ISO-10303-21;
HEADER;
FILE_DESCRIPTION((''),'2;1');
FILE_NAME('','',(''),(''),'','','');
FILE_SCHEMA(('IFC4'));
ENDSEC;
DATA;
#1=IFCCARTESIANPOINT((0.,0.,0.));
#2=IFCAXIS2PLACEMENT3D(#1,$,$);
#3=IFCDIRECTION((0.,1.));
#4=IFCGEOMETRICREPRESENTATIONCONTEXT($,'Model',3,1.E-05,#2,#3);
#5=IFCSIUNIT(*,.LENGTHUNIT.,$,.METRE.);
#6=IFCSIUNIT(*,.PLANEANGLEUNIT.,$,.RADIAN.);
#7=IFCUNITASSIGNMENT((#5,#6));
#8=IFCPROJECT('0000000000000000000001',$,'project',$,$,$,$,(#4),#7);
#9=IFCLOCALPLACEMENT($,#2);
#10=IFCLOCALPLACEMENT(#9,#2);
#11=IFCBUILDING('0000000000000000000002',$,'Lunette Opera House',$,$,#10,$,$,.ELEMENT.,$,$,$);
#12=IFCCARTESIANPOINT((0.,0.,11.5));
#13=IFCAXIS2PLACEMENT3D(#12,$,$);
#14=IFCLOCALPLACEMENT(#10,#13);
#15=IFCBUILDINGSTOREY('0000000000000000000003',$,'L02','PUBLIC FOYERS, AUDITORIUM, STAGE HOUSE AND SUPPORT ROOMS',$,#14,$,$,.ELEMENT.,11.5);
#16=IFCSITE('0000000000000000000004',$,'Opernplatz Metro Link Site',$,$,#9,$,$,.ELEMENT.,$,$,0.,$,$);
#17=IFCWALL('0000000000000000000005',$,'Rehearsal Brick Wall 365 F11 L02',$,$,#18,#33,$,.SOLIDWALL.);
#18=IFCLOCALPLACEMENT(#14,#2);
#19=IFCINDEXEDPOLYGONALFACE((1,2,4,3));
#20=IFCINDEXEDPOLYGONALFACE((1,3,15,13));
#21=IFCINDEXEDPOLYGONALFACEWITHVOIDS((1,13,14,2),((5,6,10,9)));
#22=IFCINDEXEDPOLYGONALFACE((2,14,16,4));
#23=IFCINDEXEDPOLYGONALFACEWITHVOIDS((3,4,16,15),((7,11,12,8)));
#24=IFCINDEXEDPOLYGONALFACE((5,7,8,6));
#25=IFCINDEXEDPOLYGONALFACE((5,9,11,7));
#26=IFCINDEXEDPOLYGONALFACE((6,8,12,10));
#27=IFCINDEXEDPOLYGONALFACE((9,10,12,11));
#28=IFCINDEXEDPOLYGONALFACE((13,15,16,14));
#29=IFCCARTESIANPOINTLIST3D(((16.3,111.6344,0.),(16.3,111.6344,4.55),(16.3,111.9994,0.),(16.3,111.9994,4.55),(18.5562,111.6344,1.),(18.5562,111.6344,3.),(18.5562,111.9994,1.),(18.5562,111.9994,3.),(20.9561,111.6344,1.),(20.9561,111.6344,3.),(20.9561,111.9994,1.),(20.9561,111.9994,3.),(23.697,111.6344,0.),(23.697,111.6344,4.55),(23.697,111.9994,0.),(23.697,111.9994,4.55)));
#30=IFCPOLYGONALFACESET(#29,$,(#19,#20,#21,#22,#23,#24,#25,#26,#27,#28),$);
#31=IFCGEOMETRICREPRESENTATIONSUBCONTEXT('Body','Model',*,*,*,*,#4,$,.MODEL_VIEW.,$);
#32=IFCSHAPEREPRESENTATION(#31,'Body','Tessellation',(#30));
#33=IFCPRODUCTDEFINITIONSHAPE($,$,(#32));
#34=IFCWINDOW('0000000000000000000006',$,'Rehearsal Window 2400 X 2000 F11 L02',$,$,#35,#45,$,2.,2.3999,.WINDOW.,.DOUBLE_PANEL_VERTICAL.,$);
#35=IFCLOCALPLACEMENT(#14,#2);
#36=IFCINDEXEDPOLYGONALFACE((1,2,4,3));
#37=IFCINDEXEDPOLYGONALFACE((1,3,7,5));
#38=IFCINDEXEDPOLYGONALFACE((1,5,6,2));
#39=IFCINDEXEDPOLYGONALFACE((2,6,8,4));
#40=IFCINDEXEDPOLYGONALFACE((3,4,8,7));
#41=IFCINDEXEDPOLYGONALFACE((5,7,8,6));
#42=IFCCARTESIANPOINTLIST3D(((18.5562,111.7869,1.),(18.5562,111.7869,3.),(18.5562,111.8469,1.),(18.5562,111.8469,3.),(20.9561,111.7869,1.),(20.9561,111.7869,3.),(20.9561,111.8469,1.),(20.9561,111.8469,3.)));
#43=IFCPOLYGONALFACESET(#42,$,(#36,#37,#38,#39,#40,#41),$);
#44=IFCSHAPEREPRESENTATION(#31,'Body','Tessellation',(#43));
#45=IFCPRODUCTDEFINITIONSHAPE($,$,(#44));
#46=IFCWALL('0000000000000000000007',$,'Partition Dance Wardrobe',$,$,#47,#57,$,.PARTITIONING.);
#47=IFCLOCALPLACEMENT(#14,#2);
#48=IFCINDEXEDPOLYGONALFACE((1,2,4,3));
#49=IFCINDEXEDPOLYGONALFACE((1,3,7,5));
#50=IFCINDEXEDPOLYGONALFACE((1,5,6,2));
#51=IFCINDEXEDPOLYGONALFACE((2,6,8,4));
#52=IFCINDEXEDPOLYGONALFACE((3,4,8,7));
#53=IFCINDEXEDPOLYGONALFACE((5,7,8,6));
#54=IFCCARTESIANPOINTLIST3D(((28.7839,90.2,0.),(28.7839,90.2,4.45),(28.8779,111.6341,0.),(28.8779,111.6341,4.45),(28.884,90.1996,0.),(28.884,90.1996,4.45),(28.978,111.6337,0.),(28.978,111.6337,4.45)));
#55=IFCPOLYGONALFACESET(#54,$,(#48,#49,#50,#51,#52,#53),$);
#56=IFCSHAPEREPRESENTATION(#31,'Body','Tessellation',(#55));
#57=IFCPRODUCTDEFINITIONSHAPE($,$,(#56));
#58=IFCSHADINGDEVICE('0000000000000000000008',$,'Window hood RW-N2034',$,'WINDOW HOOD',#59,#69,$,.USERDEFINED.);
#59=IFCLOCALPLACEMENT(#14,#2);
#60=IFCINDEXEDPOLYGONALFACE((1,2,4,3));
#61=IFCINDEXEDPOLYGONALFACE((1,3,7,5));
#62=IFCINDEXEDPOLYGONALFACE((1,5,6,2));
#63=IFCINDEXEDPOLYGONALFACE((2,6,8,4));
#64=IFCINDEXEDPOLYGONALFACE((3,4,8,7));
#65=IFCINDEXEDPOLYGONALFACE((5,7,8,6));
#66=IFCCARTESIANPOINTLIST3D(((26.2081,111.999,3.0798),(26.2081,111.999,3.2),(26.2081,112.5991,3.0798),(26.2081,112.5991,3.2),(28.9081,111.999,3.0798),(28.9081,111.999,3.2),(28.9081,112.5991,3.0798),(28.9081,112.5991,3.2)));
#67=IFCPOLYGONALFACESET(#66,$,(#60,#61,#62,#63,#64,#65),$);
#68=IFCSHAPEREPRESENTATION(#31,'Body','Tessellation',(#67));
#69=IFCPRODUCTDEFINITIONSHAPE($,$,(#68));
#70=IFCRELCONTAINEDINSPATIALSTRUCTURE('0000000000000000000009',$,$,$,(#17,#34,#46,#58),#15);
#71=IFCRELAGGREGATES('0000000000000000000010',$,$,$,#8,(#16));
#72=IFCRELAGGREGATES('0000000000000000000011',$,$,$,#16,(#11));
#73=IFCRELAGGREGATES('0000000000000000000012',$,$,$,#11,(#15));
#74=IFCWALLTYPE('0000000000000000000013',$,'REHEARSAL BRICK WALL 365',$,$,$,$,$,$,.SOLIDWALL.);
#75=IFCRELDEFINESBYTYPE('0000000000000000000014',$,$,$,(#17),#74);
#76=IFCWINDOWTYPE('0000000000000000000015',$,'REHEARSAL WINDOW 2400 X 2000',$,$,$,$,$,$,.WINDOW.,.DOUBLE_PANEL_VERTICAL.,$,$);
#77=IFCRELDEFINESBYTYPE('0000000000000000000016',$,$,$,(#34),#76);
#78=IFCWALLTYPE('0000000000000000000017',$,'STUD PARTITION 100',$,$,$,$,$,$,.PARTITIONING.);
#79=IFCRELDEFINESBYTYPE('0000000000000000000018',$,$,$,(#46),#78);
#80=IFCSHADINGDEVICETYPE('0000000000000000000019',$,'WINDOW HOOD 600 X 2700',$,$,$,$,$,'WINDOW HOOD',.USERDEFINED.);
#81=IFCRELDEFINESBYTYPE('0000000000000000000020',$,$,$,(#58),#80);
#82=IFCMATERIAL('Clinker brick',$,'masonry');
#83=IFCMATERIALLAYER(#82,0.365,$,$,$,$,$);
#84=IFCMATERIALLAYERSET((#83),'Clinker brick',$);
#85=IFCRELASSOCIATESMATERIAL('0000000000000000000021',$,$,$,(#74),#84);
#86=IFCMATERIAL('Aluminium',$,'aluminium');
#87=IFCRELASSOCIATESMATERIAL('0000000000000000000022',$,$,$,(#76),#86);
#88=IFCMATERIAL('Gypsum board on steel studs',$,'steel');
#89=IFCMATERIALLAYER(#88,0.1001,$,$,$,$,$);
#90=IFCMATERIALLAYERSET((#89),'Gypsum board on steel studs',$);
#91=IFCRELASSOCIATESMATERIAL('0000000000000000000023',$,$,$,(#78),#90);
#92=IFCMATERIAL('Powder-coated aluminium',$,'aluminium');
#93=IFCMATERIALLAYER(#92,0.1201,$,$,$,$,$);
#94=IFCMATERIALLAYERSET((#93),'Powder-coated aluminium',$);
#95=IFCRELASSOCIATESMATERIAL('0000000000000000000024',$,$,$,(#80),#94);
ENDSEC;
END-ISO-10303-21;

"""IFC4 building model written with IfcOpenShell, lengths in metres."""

from ifc_helpers import new_model, si_unit, direction, frame, frame_2d, origin, origin_2d, place, context, subcontext, project, spatial, rectangle, extrude, material, layer, layer_set, type_object, element, fill, save


model = new_model("IFC4")

# Units and contexts
model_context = context("Model", 3, precision=1e-05, world=origin(), true_north=direction((0.0, 1.0)))
body_context = subcontext(model_context, "Body", "Model", "MODEL_VIEW")
ifc_project = project(units=[si_unit("LENGTHUNIT", "METRE"), si_unit("PLANEANGLEUNIT", "RADIAN")], contexts=[model_context])

# Site, building, storey
site_placement = place(None, origin())
site = spatial("IfcSite", under=ifc_project, at=site_placement, Name="Opernplatz Metro Link Site", CompositionType="ELEMENT", RefElevation=0.0)
building_placement = place(site_placement, origin())
building = spatial("IfcBuilding", under=site, at=building_placement, Name="Lunette Opera House", CompositionType="ELEMENT")
storey_placement = place(building_placement, frame((0.0, 0.0, 11.5)))
storey = spatial("IfcBuildingStorey", under=building, at=storey_placement, Name="L02", Description="PUBLIC FOYERS, AUDITORIUM, STAGE HOUSE AND SUPPORT ROOMS", CompositionType="ELEMENT", Elevation=11.5)

# Wall, opening, window
ifc_material_1 = material(Name="Clinker brick", Category="masonry")
ifc_layer_1 = layer(ifc_material_1, 0.365)
ifc_layer_set_1 = layer_set([ifc_layer_1], Name="Clinker brick")
wall_type_1 = type_object("IfcWallType", Name="REHEARSAL BRICK WALL 365", PredefinedType="SOLIDWALL", material=ifc_layer_set_1)
wall_1_placement = place(storey_placement, frame((23.697, 111.8169, 0.0), z_axis=(0.0, 0.0, 1.0), x_axis=(-1.0, 0.0, 0.0)))
wall_1 = element("IfcWall", 1, at=wall_1_placement, inside=storey, type_object=wall_type_1, Name="Rehearsal Brick Wall 365 F11 L02", PredefinedType="SOLIDWALL", context=body_context, shape_type="SweptSolid", body=[
    extrude(rectangle(XDim=7.397, YDim=0.365, at=frame_2d((3.6985, 0.0))), origin(), (0.0, 0.0, 1.0), 4.55),
])
opening_1_placement = place(wall_1_placement, frame((2.741, 0.0, 1.0)))
opening_1 = element("IfcOpeningElement", 2, at=opening_1_placement, cuts=wall_1, PredefinedType="OPENING", context=body_context, shape_type="SweptSolid", body=[
    extrude(rectangle(XDim=2.3999, YDim=2.0, at=frame_2d((1.2, 1.0))), frame((0.0, 0.1946, 0.0), z_axis=(0.0, -1.0, 0.0), x_axis=(1.0, 0.0, 0.0)), (0.0, 0.0, 1.0), 0.3889),
])
ifc_material_2 = material(Name="Aluminium", Category="aluminium")
window_type = type_object("IfcWindowType", Name="REHEARSAL WINDOW 2400 X 2000", PartitioningType="DOUBLE_PANEL_VERTICAL", PredefinedType="WINDOW", material=ifc_material_2)
window_placement = place(opening_1_placement, origin())
window = element("IfcWindow", 3, at=window_placement, inside=storey, type_object=window_type, Name="Rehearsal Window 2400 X 2000 F11 L02", OverallHeight=2.0, OverallWidth=2.3999, PartitioningType="DOUBLE_PANEL_VERTICAL", PredefinedType="WINDOW", context=body_context, shape_type="SweptSolid", body=[
    extrude(rectangle(XDim=2.3999, YDim=2.0, at=frame_2d((1.2, 1.0))), frame((0.0, 0.03, 0.0), z_axis=(0.0, -1.0, 0.0), x_axis=(1.0, 0.0, 0.0)), (0.0, 0.0, 1.0), 0.0601),
])
fill(opening_1, window)

# Wall
ifc_material_3 = material(Name="Gypsum board on steel studs", Category="steel")
ifc_layer_2 = layer(ifc_material_3, 0.1001)
ifc_layer_set_2 = layer_set([ifc_layer_2], Name="Gypsum board on steel studs")
wall_type_2 = type_object("IfcWallType", Name="STUD PARTITION 100", PredefinedType="PARTITIONING", material=ifc_layer_set_2)
wall_2_placement = place(storey_placement, frame((28.928, 111.634, 0.0), z_axis=(0.0, 0.0, 1.0), x_axis=(-0.004385, -0.99999, 0.0)))
element("IfcWall", 4, at=wall_2_placement, inside=storey, type_object=wall_type_2, Name="Partition Dance Wardrobe", PredefinedType="PARTITIONING", context=body_context, shape_type="SweptSolid", body=[
    extrude(rectangle(XDim=21.4343, YDim=0.1001, at=frame_2d((10.7173, 0.0))), origin(), (0.0, 0.0, 1.0), 4.45),
])

# Shading device
ifc_material_4 = material(Name="Powder-coated aluminium", Category="aluminium")
ifc_layer_3 = layer(ifc_material_4, 0.1201)
ifc_layer_set_3 = layer_set([ifc_layer_3], Name="Powder-coated aluminium")
shading_device_type = type_object("IfcShadingDeviceType", Name="WINDOW HOOD 600 X 2700", ElementType="WINDOW HOOD", PredefinedType="USERDEFINED", material=ifc_layer_set_3)
shading_device_placement = place(storey_placement, frame((27.5581, 112.2991, 3.0798), z_axis=(0.0, 0.0, 1.0), x_axis=(0.0, 1.0, 0.0)))
element("IfcShadingDevice", 5, at=shading_device_placement, inside=storey, type_object=shading_device_type, Name="Window hood RW-N2034", ObjectType="WINDOW HOOD", PredefinedType="USERDEFINED", context=body_context, shape_type="SweptSolid", body=[
    extrude(rectangle(XDim=0.6001, YDim=2.7, at=origin_2d()), origin(), (0.0, 0.0, 1.0), 0.1201),
])

save(model, "model.ifc")
